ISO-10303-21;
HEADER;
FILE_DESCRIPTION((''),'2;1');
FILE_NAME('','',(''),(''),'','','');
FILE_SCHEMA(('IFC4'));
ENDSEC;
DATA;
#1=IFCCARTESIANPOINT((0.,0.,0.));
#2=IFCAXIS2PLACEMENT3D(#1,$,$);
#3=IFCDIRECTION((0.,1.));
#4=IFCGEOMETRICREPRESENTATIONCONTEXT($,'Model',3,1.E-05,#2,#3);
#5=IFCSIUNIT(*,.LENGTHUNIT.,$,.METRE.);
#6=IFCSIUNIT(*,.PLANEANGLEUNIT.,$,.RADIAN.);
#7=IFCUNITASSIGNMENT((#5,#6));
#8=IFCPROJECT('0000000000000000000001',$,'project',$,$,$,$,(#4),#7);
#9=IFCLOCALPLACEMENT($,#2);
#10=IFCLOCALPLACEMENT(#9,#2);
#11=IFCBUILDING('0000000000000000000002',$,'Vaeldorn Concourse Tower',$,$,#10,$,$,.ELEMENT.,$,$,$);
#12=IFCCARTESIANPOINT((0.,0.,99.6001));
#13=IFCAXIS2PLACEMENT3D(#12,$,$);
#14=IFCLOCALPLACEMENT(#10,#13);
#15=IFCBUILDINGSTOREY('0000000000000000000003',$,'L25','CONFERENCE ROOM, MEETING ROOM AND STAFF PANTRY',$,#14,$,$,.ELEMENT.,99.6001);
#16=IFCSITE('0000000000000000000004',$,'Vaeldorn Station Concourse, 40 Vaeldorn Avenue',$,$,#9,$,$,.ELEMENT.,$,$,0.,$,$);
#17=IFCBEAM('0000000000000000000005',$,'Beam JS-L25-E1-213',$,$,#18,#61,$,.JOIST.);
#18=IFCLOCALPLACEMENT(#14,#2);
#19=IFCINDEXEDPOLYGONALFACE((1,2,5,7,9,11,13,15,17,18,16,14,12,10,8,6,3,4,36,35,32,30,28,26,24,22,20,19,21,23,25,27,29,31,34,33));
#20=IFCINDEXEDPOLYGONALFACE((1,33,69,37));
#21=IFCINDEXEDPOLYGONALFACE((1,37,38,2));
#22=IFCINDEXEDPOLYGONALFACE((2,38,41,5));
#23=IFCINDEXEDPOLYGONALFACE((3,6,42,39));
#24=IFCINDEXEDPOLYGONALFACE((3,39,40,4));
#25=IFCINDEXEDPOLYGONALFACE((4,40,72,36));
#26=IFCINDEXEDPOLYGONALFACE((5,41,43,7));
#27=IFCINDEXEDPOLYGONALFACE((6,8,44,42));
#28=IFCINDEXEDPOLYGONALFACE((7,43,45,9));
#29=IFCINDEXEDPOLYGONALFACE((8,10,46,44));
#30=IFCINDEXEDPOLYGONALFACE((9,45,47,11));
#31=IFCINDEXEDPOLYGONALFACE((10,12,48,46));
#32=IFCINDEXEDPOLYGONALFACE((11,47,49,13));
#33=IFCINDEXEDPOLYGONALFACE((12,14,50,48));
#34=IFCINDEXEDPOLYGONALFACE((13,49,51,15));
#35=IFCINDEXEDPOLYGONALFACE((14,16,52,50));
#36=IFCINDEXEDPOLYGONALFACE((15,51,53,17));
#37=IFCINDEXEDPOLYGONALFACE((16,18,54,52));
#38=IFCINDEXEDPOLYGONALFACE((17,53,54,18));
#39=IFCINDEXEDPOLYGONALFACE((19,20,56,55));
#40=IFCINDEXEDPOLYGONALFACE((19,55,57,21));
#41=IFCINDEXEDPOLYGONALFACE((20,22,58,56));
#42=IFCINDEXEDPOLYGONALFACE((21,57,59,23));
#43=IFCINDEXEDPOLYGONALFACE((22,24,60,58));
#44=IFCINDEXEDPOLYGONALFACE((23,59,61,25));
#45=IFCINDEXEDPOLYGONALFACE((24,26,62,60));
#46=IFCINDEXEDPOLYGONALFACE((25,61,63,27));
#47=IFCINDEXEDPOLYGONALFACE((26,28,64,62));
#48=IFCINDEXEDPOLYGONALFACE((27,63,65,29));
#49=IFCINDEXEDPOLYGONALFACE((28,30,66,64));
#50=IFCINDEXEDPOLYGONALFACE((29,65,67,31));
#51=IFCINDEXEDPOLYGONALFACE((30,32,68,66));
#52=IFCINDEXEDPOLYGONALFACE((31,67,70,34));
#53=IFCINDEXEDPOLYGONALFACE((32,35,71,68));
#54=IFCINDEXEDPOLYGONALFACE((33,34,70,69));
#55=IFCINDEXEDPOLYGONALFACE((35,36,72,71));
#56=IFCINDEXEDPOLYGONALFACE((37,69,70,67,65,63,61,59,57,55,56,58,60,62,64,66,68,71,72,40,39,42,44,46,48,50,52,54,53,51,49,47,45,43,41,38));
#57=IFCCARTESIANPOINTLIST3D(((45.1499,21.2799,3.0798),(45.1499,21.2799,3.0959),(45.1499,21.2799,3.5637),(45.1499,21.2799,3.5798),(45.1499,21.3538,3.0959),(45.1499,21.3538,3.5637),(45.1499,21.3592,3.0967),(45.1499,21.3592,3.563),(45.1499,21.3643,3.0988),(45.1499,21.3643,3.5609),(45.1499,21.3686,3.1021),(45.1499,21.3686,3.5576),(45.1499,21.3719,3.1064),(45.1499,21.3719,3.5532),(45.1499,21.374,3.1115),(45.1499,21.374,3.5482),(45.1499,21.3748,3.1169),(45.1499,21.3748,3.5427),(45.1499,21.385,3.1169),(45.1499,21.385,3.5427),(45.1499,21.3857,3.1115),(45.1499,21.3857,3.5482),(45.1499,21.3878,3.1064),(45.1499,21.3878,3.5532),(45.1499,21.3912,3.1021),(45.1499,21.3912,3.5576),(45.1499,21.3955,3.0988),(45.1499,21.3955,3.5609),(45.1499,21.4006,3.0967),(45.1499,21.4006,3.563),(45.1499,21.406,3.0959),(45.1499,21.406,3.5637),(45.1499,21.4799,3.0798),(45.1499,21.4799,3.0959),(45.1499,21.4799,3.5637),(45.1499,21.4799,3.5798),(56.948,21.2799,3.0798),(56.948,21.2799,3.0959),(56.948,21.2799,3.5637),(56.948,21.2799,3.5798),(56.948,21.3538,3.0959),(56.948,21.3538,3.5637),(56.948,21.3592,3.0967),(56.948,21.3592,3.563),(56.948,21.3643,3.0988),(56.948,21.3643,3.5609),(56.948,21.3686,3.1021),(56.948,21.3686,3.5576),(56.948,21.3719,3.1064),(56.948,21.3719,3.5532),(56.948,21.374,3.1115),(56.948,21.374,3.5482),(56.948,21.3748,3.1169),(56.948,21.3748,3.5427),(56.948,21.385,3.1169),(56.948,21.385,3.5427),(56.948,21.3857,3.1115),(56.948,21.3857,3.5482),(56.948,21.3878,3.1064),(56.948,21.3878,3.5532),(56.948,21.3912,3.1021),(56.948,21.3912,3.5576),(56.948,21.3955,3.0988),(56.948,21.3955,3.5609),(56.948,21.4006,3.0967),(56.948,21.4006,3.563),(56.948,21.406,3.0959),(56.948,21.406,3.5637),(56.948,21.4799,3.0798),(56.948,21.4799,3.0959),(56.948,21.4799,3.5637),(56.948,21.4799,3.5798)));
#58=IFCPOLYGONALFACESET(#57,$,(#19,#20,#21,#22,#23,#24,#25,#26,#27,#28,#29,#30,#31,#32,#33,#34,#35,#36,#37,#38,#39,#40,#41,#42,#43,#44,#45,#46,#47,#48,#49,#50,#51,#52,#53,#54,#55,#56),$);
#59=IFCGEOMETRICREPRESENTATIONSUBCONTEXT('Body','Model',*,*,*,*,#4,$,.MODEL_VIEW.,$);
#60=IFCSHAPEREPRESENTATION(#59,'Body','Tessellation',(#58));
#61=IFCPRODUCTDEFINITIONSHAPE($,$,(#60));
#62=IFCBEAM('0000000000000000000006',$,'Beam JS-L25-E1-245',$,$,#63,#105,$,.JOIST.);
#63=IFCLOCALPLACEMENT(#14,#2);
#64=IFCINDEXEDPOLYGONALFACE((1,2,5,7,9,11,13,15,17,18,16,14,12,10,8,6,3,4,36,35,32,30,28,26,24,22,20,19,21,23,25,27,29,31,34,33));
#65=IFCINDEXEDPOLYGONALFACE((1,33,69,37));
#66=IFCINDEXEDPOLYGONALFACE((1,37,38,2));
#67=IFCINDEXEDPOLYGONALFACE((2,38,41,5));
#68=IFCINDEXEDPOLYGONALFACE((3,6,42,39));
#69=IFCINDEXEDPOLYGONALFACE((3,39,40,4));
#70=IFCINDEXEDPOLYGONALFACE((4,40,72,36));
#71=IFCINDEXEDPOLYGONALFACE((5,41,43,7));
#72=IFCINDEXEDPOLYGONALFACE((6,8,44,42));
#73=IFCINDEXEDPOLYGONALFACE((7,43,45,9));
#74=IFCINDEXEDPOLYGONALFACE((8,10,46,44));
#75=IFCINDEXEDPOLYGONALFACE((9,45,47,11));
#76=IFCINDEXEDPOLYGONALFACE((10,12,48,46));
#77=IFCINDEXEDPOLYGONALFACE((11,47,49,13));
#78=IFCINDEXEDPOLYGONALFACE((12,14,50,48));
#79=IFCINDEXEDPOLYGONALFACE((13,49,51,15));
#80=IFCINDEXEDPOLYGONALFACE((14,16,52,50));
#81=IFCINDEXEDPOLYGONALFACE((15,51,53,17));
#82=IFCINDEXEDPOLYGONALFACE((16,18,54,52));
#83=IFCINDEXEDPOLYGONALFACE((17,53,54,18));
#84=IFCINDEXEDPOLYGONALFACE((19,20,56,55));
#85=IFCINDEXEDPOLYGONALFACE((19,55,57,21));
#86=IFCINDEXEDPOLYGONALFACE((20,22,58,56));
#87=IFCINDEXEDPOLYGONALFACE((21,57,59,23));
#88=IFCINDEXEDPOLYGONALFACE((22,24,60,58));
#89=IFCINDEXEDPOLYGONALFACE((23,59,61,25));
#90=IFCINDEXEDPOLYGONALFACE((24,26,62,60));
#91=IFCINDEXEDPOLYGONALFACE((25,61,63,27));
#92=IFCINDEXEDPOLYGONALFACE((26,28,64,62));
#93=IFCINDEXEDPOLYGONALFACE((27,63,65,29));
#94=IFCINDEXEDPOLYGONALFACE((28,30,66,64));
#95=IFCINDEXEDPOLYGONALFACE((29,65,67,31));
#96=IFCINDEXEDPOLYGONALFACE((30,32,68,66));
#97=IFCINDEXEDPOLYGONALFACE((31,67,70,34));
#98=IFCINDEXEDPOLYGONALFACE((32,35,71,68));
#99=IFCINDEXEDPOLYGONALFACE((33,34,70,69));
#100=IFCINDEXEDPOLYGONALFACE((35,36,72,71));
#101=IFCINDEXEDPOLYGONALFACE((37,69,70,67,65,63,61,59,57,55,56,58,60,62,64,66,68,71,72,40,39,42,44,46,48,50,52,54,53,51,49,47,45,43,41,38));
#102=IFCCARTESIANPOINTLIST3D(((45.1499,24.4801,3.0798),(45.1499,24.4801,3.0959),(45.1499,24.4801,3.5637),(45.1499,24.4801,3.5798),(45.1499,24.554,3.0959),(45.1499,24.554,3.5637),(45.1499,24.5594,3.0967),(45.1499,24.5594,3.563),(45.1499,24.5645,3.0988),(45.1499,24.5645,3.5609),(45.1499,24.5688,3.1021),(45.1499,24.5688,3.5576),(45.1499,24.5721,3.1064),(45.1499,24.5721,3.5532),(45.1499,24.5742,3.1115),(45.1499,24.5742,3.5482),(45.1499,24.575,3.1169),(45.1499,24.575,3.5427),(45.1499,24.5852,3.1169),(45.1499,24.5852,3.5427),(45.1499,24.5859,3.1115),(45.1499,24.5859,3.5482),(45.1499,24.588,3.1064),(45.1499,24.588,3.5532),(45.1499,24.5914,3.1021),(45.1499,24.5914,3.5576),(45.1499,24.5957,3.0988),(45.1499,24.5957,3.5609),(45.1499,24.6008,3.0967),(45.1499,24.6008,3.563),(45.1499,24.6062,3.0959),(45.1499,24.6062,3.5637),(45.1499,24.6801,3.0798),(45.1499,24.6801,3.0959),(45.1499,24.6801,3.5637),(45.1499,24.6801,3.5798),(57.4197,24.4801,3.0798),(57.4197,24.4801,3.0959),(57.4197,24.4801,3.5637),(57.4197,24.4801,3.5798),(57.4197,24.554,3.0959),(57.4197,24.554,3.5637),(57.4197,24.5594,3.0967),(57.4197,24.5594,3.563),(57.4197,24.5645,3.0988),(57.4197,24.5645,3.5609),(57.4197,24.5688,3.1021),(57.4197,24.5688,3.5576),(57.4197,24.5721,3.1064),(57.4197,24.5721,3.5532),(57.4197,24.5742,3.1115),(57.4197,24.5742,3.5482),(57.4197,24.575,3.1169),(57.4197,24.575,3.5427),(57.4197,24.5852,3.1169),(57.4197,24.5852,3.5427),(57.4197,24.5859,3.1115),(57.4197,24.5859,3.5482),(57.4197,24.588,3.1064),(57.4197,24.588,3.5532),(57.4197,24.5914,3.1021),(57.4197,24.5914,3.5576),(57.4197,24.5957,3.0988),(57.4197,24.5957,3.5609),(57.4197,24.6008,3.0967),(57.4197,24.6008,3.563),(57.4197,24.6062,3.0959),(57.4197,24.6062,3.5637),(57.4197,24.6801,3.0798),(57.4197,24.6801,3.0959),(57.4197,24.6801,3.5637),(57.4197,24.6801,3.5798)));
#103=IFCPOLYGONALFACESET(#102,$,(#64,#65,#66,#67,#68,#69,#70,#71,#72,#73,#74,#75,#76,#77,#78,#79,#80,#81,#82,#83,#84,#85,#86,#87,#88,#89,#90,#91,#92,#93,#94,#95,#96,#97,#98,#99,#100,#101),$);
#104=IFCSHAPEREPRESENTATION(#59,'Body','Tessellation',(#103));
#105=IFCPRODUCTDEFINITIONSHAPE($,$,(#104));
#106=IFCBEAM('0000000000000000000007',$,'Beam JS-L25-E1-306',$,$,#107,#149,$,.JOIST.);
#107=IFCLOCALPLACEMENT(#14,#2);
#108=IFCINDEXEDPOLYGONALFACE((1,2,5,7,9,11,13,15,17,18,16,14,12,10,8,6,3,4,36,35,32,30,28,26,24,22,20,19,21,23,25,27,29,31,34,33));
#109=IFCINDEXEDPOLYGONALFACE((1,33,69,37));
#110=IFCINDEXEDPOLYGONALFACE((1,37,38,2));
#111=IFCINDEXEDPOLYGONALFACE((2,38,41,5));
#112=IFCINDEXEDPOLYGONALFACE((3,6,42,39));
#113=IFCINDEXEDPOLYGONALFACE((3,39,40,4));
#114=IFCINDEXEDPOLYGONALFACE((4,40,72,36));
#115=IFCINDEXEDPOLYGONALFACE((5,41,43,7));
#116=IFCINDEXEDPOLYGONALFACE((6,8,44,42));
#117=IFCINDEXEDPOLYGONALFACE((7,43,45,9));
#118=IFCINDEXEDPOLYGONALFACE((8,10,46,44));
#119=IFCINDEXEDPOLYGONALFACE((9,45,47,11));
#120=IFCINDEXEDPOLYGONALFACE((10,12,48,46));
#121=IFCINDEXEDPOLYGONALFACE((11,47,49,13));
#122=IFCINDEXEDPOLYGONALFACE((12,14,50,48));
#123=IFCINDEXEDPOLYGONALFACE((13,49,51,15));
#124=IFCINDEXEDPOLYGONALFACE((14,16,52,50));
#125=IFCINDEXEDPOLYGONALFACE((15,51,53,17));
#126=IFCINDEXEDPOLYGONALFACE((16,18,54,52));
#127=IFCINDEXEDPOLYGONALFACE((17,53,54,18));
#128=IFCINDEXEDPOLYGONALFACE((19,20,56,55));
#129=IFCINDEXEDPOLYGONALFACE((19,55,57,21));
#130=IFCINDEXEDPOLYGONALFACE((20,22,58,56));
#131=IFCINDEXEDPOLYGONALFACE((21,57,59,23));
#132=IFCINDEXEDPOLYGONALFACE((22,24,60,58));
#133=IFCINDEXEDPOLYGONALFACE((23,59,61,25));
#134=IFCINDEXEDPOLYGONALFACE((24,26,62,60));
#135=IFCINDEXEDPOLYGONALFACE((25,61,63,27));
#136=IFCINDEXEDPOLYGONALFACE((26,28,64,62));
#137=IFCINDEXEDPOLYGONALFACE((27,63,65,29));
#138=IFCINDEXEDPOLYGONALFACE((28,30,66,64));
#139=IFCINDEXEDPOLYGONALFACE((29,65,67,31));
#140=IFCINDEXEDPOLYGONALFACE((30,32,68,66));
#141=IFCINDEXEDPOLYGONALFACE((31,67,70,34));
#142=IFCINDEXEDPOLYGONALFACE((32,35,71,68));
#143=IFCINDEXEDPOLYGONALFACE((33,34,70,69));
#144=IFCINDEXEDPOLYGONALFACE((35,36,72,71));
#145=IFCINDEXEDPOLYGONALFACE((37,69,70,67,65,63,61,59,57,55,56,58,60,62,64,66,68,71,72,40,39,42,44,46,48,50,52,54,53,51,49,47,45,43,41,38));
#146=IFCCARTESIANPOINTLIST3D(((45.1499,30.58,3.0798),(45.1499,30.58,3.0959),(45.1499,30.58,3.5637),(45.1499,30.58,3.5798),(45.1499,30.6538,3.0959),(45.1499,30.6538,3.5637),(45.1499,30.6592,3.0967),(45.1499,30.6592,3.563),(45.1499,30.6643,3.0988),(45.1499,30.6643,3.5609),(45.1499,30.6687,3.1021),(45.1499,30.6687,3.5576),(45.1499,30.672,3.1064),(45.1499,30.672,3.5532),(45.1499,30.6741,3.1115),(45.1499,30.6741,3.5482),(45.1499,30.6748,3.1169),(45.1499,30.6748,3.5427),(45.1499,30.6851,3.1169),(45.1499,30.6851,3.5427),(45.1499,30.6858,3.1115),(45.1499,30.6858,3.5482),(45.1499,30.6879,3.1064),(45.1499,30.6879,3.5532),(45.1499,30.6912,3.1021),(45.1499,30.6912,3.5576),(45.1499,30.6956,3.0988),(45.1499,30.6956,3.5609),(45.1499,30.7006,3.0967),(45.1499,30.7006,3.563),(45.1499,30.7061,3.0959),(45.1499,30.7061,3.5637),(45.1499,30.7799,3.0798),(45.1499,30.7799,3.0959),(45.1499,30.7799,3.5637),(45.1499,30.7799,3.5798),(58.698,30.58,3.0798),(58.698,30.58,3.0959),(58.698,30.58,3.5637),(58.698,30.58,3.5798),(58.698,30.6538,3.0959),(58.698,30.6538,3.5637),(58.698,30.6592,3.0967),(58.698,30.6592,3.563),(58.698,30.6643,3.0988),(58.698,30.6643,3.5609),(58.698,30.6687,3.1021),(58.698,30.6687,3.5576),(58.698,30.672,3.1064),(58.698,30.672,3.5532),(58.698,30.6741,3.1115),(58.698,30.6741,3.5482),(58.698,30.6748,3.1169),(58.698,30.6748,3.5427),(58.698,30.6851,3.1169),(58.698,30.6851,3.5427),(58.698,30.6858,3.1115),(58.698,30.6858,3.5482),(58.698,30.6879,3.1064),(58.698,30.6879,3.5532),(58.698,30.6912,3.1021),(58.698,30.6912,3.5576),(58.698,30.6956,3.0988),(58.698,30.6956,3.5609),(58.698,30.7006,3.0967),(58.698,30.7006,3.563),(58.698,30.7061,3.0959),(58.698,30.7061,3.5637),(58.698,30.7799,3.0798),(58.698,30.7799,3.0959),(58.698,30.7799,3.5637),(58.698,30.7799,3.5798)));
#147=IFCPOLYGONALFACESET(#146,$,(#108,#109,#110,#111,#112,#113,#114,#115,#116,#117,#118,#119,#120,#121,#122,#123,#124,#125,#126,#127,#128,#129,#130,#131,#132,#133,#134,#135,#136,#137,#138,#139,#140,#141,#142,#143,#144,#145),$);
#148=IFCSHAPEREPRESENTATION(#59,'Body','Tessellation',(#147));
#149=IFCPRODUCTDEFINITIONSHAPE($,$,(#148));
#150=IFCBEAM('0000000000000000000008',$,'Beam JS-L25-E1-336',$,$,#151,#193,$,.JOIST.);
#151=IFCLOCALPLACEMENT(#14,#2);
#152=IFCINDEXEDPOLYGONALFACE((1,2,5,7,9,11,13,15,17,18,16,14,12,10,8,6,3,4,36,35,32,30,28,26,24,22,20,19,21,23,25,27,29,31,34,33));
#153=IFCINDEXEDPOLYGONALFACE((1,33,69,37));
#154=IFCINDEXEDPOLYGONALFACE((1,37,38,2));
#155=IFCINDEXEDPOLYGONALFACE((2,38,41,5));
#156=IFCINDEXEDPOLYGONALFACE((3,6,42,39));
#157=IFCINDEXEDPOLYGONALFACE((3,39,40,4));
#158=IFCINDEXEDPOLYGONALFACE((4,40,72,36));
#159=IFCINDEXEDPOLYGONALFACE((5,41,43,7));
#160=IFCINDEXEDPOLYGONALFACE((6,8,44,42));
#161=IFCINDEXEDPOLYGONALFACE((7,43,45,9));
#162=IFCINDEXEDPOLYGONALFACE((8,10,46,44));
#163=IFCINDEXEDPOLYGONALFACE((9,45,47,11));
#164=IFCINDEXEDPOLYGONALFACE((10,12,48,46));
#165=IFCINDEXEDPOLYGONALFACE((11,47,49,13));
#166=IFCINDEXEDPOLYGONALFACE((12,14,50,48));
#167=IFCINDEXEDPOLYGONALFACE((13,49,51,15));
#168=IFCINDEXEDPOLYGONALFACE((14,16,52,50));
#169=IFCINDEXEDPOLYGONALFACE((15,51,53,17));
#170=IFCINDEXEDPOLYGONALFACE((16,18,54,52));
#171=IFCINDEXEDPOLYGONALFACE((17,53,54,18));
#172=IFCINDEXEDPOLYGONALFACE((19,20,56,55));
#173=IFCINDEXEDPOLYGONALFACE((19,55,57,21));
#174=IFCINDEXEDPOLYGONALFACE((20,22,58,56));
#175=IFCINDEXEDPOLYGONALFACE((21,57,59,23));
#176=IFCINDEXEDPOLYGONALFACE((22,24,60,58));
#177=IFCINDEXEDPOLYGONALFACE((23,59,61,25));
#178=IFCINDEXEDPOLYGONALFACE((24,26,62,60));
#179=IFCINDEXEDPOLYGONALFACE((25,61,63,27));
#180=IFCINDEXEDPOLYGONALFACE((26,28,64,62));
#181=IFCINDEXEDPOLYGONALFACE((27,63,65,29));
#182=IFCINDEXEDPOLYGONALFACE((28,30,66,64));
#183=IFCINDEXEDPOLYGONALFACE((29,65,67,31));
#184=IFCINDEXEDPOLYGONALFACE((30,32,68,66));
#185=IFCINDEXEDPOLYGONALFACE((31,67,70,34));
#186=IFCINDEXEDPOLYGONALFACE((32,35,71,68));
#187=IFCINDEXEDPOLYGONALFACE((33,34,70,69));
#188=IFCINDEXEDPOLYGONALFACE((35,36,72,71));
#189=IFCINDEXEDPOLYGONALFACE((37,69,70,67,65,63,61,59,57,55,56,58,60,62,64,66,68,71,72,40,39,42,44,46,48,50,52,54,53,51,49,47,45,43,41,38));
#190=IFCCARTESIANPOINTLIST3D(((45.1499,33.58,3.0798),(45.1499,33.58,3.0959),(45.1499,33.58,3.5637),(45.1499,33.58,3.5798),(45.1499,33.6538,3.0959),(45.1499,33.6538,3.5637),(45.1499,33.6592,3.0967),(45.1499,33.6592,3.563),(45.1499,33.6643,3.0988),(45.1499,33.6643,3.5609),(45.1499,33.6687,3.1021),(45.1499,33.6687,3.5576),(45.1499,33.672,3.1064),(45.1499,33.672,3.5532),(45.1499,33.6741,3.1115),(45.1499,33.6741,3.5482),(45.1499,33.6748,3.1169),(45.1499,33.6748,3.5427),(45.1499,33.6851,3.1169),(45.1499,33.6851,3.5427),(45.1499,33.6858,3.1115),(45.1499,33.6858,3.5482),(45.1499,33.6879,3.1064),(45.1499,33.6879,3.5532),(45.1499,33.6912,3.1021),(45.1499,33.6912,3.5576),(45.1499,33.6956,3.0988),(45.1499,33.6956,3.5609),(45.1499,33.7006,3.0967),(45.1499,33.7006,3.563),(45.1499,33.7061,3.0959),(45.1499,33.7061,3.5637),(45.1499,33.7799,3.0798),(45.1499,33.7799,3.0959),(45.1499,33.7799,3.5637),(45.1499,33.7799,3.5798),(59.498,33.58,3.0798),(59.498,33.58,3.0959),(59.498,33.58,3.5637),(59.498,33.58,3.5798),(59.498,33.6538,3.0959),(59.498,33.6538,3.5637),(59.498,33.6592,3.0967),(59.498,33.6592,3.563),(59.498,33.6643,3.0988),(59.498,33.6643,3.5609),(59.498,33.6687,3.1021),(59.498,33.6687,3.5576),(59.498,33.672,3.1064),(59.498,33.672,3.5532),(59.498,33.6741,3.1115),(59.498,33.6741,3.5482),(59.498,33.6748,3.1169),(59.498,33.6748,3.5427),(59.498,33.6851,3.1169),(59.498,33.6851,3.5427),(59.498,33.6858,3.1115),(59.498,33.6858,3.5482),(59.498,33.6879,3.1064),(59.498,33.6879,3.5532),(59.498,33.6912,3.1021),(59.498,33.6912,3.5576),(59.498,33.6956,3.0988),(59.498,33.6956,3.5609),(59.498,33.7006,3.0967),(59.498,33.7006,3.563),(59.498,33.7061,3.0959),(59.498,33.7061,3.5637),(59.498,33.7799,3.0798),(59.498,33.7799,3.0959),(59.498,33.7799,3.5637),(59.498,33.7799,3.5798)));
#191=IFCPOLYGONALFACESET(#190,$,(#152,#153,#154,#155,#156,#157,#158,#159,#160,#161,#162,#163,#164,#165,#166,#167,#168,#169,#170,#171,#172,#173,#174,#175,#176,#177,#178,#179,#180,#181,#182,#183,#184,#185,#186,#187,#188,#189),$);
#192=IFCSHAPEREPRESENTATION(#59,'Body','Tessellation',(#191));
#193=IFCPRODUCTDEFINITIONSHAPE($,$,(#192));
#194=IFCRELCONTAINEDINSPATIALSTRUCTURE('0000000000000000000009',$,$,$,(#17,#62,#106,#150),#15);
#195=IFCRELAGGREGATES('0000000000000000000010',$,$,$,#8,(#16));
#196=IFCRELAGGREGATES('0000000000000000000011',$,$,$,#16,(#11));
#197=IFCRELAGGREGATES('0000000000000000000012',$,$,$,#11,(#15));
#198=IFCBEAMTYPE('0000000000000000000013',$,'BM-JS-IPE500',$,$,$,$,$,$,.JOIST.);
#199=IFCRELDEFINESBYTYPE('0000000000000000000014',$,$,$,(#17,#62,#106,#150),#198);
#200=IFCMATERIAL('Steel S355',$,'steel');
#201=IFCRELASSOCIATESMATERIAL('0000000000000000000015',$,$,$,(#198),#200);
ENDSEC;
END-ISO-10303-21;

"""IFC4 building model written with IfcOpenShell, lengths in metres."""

from ifc_helpers import new_model, si_unit, direction, frame, origin, origin_2d, place, context, subcontext, project, spatial, i_section, extrude, source, transform, mapped, material, material_profile, profile_set, type_object, element, save


model = new_model("IFC4")

# Units and contexts
model_context = context("Model", 3, precision=1e-05, world=origin(), true_north=direction((0.0, 1.0)))
body_context = subcontext(model_context, "Body", "Model", "MODEL_VIEW")
ifc_project = project(units=[si_unit("LENGTHUNIT", "METRE"), si_unit("PLANEANGLEUNIT", "RADIAN")], contexts=[model_context])

# Site, building, storey
site_placement = place(None, origin())
site = spatial("IfcSite", under=ifc_project, at=site_placement, Name="Vaeldorn Station Concourse, 40 Vaeldorn Avenue", CompositionType="ELEMENT", RefElevation=0.0)
building_placement = place(site_placement, origin())
building = spatial("IfcBuilding", under=site, at=building_placement, Name="Vaeldorn Concourse Tower", CompositionType="ELEMENT")
storey_placement = place(building_placement, frame((0.0, 0.0, 99.6001)))
storey = spatial("IfcBuildingStorey", under=building, at=storey_placement, Name="L25", Description="CONFERENCE ROOM, MEETING ROOM AND STAFF PANTRY", CompositionType="ELEMENT", Elevation=99.6001)

# Beams
ifc_material_1 = material(Name="Steel S355", Category="steel")
ifc_material_profile_1 = material_profile(ifc_material_1, i_section(OverallWidth=0.2, OverallDepth=0.5, WebThickness=0.0103, FlangeThickness=0.0161, FilletRadius=0.021, at=origin_2d()), Name="IPE 500")
ifc_profile_set_1 = profile_set([ifc_material_profile_1], Name="Steel S355")
beam_type_1 = type_object("IfcBeamType", Name="BM-JS-IPE500", PredefinedType="JOIST", material=ifc_profile_set_1)
shared_shape_1 = source(origin(), body_context, "Body", "SweptSolid", [
    extrude(i_section(OverallWidth=0.2, OverallDepth=0.5, WebThickness=0.0103, FlangeThickness=0.0161, FilletRadius=0.021, at=origin_2d()), origin(), (0.0, 0.0, 1.0), 11.7981),
])
beam_1_placement = place(storey_placement, frame((45.1499, 21.3799, 3.3298), z_axis=(1.0, 0.0, 0.0), x_axis=(0.0, 1.0, 0.0)))
element("IfcBeam", 1, at=beam_1_placement, inside=storey, type_object=beam_type_1, Name="Beam JS-L25-E1-213", PredefinedType="JOIST", context=body_context, shape_type="MappedRepresentation", body=[
    mapped(shared_shape_1, transform((0.0, 0.0, 0.0), scale=1.0)),
])
shared_shape_2 = source(origin(), body_context, "Body", "SweptSolid", [
    extrude(i_section(OverallWidth=0.2, OverallDepth=0.5, WebThickness=0.0103, FlangeThickness=0.0161, FilletRadius=0.021, at=origin_2d()), origin(), (0.0, 0.0, 1.0), 12.2698),
])
beam_2_placement = place(storey_placement, frame((45.1499, 24.5801, 3.3298), z_axis=(1.0, 0.0, 0.0), x_axis=(0.0, 1.0, 0.0)))
element("IfcBeam", 2, at=beam_2_placement, inside=storey, type_object=beam_type_1, Name="Beam JS-L25-E1-245", PredefinedType="JOIST", context=body_context, shape_type="MappedRepresentation", body=[
    mapped(shared_shape_2, transform((0.0, 0.0, 0.0), scale=1.0)),
])
shared_shape_3 = source(origin(), body_context, "Body", "SweptSolid", [
    extrude(i_section(OverallWidth=0.2, OverallDepth=0.5, WebThickness=0.0103, FlangeThickness=0.0161, FilletRadius=0.021, at=origin_2d()), origin(), (0.0, 0.0, 1.0), 13.5481),
])
beam_3_placement = place(storey_placement, frame((45.1499, 30.6799, 3.3298), z_axis=(1.0, 0.0, 0.0), x_axis=(0.0, 1.0, 0.0)))
element("IfcBeam", 3, at=beam_3_placement, inside=storey, type_object=beam_type_1, Name="Beam JS-L25-E1-306", PredefinedType="JOIST", context=body_context, shape_type="MappedRepresentation", body=[
    mapped(shared_shape_3, transform((0.0, 0.0, 0.0), scale=1.0)),
])
shared_shape_4 = source(origin(), body_context, "Body", "SweptSolid", [
    extrude(i_section(OverallWidth=0.2, OverallDepth=0.5, WebThickness=0.0103, FlangeThickness=0.0161, FilletRadius=0.021, at=origin_2d()), origin(), (0.0, 0.0, 1.0), 14.3481),
])
beam_4_placement = place(storey_placement, frame((45.1499, 33.6799, 3.3298), z_axis=(1.0, 0.0, 0.0), x_axis=(0.0, 1.0, 0.0)))
element("IfcBeam", 4, at=beam_4_placement, inside=storey, type_object=beam_type_1, Name="Beam JS-L25-E1-336", PredefinedType="JOIST", context=body_context, shape_type="MappedRepresentation", body=[
    mapped(shared_shape_4, transform((0.0, 0.0, 0.0), scale=1.0)),
])

save(model, "model.ifc")
